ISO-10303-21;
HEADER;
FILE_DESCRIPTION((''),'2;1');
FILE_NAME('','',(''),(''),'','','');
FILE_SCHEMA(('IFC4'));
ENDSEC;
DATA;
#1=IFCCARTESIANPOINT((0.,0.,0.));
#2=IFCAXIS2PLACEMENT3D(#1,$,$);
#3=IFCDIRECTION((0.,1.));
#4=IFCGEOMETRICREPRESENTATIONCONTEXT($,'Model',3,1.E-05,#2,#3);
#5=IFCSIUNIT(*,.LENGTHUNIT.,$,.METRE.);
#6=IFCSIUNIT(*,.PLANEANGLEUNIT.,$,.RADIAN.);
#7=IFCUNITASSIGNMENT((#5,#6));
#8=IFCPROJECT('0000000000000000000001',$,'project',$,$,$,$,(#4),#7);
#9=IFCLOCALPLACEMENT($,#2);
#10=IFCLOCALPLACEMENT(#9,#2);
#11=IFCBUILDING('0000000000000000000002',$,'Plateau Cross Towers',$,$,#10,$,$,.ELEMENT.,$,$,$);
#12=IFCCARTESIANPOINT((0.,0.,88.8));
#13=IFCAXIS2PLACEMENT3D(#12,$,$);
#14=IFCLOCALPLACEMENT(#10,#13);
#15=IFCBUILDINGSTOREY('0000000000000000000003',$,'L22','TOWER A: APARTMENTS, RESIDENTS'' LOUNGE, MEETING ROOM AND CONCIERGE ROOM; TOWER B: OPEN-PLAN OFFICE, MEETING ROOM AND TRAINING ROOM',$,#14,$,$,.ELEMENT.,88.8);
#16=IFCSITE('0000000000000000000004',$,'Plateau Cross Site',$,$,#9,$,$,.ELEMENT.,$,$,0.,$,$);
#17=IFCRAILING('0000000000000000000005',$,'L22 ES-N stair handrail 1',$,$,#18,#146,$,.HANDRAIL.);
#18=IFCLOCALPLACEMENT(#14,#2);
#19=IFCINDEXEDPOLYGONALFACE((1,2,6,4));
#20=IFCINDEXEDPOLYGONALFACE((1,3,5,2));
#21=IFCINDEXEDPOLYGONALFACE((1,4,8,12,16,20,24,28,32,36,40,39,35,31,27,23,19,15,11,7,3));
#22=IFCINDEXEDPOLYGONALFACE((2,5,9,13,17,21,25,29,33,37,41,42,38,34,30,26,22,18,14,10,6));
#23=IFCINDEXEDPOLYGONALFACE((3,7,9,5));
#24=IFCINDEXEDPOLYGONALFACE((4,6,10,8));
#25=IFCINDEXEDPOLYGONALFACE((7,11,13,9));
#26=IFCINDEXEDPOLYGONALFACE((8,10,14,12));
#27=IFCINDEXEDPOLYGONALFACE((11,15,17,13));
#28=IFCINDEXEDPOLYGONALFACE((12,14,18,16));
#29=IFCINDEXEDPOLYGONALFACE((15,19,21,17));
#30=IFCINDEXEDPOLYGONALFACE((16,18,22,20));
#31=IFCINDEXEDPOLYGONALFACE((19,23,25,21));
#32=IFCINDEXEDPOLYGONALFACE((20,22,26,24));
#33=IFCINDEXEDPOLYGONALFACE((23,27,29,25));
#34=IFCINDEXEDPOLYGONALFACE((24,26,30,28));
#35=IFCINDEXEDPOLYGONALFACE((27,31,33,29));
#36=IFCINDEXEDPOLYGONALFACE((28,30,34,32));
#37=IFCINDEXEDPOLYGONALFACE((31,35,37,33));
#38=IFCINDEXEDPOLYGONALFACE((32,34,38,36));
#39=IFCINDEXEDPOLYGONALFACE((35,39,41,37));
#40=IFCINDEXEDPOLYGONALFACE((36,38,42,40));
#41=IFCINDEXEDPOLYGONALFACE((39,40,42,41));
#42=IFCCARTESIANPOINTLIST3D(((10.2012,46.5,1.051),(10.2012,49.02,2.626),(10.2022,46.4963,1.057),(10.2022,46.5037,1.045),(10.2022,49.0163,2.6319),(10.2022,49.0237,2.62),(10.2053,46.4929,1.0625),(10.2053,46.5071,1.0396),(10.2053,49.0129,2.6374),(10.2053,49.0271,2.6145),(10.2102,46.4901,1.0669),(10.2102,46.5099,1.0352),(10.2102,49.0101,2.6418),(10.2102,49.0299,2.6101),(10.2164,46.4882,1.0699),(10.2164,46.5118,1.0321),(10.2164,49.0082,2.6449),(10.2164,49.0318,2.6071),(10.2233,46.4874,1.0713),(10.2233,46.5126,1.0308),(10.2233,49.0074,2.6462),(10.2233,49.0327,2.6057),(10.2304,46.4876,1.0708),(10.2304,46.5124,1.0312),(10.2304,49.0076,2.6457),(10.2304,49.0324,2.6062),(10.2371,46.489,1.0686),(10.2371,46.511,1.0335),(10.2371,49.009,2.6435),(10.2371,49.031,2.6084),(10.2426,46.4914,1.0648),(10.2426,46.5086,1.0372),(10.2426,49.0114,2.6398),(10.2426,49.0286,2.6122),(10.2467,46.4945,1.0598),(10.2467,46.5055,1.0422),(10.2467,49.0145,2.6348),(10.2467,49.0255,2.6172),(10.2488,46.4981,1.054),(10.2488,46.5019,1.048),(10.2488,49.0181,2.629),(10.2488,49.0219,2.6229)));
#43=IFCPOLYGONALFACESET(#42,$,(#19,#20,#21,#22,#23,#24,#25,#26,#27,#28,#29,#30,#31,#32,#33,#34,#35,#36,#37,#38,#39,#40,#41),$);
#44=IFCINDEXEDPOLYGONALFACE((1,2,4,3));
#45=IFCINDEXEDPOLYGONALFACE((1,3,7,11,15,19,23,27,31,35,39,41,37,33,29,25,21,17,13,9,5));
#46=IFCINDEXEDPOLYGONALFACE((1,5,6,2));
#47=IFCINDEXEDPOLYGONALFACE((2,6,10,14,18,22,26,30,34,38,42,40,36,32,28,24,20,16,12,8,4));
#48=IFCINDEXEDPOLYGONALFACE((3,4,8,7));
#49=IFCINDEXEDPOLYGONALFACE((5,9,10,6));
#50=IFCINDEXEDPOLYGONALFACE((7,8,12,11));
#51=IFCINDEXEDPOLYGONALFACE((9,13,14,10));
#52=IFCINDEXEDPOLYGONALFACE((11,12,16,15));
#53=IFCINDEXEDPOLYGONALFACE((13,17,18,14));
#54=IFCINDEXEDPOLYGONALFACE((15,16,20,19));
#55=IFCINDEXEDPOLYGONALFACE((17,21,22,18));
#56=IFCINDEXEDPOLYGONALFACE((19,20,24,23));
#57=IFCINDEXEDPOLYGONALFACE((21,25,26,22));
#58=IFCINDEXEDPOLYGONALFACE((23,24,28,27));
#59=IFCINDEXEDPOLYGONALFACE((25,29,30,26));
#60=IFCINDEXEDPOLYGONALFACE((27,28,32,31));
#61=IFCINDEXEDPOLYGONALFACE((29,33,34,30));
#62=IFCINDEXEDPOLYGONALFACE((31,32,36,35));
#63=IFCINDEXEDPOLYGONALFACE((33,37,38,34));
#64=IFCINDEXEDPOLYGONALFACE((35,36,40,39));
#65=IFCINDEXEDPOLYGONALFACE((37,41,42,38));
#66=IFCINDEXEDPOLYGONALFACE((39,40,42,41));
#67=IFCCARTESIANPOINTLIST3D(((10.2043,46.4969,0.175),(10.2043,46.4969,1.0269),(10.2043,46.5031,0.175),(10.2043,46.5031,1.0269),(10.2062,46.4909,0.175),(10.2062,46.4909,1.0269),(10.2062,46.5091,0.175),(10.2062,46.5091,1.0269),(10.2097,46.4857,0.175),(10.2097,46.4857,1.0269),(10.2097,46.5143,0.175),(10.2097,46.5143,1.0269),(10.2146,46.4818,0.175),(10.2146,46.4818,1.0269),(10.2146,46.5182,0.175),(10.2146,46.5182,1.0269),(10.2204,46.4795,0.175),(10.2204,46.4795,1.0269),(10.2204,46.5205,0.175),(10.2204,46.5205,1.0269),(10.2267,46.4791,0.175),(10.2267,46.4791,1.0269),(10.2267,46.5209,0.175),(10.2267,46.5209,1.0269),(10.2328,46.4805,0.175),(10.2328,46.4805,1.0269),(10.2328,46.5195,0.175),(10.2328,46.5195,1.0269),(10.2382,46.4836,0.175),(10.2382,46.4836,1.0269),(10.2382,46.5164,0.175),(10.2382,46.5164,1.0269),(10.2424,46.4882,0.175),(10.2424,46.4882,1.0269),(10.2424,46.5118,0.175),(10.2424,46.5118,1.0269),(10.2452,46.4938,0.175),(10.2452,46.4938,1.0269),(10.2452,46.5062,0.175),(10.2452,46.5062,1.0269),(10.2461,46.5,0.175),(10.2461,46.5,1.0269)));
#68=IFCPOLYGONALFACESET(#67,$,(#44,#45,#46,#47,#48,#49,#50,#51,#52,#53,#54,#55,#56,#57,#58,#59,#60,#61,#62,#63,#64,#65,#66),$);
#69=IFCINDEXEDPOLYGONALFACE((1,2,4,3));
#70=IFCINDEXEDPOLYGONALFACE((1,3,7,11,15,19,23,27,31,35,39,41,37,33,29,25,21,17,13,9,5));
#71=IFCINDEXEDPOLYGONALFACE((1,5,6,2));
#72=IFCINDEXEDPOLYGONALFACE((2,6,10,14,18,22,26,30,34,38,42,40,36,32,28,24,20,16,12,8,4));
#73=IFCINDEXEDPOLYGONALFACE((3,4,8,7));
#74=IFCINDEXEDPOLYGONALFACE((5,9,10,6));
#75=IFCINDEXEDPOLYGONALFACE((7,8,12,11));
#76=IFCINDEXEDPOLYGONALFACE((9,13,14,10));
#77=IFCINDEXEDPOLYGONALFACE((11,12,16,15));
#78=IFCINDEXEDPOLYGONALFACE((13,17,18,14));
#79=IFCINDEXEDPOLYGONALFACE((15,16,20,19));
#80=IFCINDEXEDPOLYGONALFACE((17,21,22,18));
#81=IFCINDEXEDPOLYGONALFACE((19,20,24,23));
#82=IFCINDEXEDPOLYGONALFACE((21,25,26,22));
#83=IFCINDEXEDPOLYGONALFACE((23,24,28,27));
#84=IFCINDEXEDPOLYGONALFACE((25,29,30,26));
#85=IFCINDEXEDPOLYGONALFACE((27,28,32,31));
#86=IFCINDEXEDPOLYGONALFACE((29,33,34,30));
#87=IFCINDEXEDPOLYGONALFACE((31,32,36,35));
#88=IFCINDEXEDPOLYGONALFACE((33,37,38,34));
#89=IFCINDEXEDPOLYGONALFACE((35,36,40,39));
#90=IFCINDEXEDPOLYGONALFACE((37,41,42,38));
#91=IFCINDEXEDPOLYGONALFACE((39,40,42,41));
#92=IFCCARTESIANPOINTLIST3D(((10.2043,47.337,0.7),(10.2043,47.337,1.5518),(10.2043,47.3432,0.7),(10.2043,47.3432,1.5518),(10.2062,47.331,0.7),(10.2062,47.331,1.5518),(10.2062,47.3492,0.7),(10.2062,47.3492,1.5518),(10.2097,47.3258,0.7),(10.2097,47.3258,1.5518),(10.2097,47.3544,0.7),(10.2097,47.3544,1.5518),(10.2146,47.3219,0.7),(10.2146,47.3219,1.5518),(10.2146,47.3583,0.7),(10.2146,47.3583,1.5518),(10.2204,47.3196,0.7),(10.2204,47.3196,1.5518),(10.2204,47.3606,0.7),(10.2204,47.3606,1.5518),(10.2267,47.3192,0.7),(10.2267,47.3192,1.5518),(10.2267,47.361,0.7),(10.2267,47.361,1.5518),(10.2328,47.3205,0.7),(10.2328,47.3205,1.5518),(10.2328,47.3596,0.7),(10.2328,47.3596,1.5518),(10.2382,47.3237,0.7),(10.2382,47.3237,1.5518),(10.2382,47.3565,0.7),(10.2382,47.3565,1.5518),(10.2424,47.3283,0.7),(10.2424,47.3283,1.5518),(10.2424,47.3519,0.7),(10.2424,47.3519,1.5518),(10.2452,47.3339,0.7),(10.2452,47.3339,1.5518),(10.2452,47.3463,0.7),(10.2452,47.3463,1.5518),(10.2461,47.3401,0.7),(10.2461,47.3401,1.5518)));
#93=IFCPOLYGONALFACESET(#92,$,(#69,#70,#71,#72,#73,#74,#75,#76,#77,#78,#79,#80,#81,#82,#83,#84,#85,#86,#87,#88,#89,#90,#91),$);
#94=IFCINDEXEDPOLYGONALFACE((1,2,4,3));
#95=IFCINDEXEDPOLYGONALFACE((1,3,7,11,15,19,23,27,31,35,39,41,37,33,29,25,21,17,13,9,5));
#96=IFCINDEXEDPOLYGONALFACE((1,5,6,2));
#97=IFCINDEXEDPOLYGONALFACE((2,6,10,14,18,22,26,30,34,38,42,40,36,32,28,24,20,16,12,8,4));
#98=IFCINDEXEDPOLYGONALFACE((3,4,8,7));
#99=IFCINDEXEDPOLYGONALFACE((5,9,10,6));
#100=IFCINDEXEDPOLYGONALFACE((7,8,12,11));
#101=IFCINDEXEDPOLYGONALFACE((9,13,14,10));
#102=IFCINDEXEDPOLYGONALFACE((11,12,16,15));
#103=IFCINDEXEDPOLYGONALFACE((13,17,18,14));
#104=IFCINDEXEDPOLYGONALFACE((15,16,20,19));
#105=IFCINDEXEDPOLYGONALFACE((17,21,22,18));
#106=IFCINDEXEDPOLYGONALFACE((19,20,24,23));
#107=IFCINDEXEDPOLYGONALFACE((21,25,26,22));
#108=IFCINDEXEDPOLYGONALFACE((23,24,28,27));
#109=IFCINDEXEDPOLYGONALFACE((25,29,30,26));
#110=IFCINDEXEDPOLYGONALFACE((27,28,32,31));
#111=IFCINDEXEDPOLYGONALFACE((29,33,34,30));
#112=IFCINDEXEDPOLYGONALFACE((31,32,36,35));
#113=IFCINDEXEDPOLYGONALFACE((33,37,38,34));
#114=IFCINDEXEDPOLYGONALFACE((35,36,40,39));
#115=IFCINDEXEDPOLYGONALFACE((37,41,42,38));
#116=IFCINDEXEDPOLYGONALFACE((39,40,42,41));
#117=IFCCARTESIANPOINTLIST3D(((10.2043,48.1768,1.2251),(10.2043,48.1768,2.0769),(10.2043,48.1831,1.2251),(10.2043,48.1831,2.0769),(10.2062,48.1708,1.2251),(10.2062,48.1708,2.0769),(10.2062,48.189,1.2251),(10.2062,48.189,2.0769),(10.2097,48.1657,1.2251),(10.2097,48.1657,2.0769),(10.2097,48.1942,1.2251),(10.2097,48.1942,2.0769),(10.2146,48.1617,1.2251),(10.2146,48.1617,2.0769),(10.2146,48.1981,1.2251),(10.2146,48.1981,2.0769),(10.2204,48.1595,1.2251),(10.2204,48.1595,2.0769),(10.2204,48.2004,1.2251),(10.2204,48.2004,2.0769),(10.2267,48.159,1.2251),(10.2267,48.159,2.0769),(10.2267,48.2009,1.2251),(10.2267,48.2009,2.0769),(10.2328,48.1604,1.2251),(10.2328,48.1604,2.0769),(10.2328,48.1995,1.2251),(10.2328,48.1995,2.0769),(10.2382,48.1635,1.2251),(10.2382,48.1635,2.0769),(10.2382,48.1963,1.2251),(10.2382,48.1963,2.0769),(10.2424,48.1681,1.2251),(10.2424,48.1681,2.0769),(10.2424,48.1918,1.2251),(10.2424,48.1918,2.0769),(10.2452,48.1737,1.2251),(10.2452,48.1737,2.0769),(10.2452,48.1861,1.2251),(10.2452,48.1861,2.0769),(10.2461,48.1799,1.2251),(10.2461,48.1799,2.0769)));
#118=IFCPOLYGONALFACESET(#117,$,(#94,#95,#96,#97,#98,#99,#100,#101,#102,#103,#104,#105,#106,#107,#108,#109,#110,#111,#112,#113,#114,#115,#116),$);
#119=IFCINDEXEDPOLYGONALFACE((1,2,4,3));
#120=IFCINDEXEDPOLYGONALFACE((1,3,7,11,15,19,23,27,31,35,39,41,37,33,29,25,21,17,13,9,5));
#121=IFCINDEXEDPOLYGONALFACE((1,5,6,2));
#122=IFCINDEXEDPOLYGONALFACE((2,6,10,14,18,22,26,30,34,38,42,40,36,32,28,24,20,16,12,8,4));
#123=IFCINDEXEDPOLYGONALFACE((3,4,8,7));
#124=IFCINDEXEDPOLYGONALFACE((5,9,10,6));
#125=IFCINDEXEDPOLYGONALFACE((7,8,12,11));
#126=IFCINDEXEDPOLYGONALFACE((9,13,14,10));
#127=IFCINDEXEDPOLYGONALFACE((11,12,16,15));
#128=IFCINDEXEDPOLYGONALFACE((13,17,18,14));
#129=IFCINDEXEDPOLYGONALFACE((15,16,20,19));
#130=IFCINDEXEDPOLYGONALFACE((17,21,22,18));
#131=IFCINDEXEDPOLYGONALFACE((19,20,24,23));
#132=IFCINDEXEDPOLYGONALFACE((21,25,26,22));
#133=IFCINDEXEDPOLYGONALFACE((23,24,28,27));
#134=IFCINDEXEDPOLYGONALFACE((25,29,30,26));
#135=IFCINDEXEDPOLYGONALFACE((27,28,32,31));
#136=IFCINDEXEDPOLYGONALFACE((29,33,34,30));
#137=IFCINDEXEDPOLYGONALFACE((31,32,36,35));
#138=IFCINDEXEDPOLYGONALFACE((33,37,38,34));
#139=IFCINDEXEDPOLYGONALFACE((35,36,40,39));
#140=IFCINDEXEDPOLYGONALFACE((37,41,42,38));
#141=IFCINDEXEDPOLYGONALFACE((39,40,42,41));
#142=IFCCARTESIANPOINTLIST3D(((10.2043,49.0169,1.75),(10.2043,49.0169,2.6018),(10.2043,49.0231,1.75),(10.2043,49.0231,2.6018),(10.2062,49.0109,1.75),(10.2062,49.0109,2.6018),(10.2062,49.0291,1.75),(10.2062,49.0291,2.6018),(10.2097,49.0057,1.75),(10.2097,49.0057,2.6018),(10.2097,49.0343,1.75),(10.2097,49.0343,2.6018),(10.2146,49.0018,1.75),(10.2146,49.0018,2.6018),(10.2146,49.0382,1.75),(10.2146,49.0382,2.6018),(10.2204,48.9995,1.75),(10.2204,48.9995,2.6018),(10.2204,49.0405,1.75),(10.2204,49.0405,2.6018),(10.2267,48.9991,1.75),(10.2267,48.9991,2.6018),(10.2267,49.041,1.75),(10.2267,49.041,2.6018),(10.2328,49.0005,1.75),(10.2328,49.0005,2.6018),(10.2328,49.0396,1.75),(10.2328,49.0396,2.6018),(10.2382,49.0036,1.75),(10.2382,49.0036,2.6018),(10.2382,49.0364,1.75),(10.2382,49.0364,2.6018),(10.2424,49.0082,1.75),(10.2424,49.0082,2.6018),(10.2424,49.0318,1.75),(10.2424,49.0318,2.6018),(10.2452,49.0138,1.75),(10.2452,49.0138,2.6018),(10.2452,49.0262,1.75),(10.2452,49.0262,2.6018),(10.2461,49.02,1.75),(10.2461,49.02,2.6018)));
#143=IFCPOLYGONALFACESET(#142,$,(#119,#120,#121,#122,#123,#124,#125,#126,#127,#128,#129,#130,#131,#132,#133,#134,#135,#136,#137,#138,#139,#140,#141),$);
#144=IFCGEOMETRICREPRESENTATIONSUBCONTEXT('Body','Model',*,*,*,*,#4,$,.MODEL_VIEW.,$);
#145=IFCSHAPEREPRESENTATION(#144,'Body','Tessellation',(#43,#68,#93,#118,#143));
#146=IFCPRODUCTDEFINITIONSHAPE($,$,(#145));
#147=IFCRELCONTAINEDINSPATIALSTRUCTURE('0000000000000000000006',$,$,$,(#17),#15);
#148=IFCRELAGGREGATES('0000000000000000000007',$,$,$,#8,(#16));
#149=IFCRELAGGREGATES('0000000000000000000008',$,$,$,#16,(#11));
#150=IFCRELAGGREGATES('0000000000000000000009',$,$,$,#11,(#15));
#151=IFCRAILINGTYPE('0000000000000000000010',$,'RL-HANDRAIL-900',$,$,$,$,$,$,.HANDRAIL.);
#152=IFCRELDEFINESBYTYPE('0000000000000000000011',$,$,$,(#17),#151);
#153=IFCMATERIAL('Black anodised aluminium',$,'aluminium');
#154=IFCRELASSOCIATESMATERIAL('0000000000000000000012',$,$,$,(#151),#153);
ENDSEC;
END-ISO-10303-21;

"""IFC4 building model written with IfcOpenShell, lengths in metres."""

from ifc_helpers import new_model, si_unit, direction, frame, origin, origin_2d, place, context, subcontext, project, spatial, circle, extrude, material, type_object, element, save


model = new_model("IFC4")

# Units and contexts
model_context = context("Model", 3, precision=1e-05, world=origin(), true_north=direction((0.0, 1.0)))
body_context = subcontext(model_context, "Body", "Model", "MODEL_VIEW")
ifc_project = project(units=[si_unit("LENGTHUNIT", "METRE"), si_unit("PLANEANGLEUNIT", "RADIAN")], contexts=[model_context])

# Site, building, storey
site_placement = place(None, origin())
site = spatial("IfcSite", under=ifc_project, at=site_placement, Name="Plateau Cross Site", CompositionType="ELEMENT", RefElevation=0.0)
building_placement = place(site_placement, origin())
building = spatial("IfcBuilding", under=site, at=building_placement, Name="Plateau Cross Towers", CompositionType="ELEMENT")
storey_placement = place(building_placement, frame((0.0, 0.0, 88.8)))
storey = spatial("IfcBuildingStorey", under=building, at=storey_placement, Name="L22", Description="TOWER A: APARTMENTS, RESIDENTS' LOUNGE, MEETING ROOM AND CONCIERGE ROOM; TOWER B: OPEN-PLAN OFFICE, MEETING ROOM AND TRAINING ROOM", CompositionType="ELEMENT", Elevation=88.8)

# Shared definitions
ifc_material_1 = material(Name="Black anodised aluminium", Category="aluminium")

# Railing
railing_type_1 = type_object("IfcRailingType", Name="RL-HANDRAIL-900", PredefinedType="HANDRAIL", material=ifc_material_1)
railing_1_placement = place(storey_placement, frame((10.2251, 46.5, 0.175)))
element("IfcRailing", 1, at=railing_1_placement, inside=storey, type_object=railing_type_1, Name="L22 ES-N stair handrail 1", PredefinedType="HANDRAIL", context=body_context, shape_type="SweptSolid", body=[
    extrude(circle(Radius=0.0239, at=origin_2d()), frame((0.0, 0.0, 0.876), z_axis=(0.0, 0.848008, 0.529984), x_axis=(-1.0, 0.0, 0.0)), (0.0, 0.0, 1.0), 2.9717),
    extrude(circle(Radius=0.021, at=origin_2d()), origin(), (0.0, 0.0, 1.0), 0.8518),
    extrude(circle(Radius=0.021, at=origin_2d()), frame((0.0, 0.8401, 0.5249)), (0.0, 0.0, 1.0), 0.8518),
    extrude(circle(Radius=0.021, at=origin_2d()), frame((0.0, 1.6799, 1.05)), (0.0, 0.0, 1.0), 0.8518),
    extrude(circle(Radius=0.021, at=origin_2d()), frame((0.0, 2.52, 1.575)), (0.0, 0.0, 1.0), 0.8518),
])

save(model, "model.ifc")
